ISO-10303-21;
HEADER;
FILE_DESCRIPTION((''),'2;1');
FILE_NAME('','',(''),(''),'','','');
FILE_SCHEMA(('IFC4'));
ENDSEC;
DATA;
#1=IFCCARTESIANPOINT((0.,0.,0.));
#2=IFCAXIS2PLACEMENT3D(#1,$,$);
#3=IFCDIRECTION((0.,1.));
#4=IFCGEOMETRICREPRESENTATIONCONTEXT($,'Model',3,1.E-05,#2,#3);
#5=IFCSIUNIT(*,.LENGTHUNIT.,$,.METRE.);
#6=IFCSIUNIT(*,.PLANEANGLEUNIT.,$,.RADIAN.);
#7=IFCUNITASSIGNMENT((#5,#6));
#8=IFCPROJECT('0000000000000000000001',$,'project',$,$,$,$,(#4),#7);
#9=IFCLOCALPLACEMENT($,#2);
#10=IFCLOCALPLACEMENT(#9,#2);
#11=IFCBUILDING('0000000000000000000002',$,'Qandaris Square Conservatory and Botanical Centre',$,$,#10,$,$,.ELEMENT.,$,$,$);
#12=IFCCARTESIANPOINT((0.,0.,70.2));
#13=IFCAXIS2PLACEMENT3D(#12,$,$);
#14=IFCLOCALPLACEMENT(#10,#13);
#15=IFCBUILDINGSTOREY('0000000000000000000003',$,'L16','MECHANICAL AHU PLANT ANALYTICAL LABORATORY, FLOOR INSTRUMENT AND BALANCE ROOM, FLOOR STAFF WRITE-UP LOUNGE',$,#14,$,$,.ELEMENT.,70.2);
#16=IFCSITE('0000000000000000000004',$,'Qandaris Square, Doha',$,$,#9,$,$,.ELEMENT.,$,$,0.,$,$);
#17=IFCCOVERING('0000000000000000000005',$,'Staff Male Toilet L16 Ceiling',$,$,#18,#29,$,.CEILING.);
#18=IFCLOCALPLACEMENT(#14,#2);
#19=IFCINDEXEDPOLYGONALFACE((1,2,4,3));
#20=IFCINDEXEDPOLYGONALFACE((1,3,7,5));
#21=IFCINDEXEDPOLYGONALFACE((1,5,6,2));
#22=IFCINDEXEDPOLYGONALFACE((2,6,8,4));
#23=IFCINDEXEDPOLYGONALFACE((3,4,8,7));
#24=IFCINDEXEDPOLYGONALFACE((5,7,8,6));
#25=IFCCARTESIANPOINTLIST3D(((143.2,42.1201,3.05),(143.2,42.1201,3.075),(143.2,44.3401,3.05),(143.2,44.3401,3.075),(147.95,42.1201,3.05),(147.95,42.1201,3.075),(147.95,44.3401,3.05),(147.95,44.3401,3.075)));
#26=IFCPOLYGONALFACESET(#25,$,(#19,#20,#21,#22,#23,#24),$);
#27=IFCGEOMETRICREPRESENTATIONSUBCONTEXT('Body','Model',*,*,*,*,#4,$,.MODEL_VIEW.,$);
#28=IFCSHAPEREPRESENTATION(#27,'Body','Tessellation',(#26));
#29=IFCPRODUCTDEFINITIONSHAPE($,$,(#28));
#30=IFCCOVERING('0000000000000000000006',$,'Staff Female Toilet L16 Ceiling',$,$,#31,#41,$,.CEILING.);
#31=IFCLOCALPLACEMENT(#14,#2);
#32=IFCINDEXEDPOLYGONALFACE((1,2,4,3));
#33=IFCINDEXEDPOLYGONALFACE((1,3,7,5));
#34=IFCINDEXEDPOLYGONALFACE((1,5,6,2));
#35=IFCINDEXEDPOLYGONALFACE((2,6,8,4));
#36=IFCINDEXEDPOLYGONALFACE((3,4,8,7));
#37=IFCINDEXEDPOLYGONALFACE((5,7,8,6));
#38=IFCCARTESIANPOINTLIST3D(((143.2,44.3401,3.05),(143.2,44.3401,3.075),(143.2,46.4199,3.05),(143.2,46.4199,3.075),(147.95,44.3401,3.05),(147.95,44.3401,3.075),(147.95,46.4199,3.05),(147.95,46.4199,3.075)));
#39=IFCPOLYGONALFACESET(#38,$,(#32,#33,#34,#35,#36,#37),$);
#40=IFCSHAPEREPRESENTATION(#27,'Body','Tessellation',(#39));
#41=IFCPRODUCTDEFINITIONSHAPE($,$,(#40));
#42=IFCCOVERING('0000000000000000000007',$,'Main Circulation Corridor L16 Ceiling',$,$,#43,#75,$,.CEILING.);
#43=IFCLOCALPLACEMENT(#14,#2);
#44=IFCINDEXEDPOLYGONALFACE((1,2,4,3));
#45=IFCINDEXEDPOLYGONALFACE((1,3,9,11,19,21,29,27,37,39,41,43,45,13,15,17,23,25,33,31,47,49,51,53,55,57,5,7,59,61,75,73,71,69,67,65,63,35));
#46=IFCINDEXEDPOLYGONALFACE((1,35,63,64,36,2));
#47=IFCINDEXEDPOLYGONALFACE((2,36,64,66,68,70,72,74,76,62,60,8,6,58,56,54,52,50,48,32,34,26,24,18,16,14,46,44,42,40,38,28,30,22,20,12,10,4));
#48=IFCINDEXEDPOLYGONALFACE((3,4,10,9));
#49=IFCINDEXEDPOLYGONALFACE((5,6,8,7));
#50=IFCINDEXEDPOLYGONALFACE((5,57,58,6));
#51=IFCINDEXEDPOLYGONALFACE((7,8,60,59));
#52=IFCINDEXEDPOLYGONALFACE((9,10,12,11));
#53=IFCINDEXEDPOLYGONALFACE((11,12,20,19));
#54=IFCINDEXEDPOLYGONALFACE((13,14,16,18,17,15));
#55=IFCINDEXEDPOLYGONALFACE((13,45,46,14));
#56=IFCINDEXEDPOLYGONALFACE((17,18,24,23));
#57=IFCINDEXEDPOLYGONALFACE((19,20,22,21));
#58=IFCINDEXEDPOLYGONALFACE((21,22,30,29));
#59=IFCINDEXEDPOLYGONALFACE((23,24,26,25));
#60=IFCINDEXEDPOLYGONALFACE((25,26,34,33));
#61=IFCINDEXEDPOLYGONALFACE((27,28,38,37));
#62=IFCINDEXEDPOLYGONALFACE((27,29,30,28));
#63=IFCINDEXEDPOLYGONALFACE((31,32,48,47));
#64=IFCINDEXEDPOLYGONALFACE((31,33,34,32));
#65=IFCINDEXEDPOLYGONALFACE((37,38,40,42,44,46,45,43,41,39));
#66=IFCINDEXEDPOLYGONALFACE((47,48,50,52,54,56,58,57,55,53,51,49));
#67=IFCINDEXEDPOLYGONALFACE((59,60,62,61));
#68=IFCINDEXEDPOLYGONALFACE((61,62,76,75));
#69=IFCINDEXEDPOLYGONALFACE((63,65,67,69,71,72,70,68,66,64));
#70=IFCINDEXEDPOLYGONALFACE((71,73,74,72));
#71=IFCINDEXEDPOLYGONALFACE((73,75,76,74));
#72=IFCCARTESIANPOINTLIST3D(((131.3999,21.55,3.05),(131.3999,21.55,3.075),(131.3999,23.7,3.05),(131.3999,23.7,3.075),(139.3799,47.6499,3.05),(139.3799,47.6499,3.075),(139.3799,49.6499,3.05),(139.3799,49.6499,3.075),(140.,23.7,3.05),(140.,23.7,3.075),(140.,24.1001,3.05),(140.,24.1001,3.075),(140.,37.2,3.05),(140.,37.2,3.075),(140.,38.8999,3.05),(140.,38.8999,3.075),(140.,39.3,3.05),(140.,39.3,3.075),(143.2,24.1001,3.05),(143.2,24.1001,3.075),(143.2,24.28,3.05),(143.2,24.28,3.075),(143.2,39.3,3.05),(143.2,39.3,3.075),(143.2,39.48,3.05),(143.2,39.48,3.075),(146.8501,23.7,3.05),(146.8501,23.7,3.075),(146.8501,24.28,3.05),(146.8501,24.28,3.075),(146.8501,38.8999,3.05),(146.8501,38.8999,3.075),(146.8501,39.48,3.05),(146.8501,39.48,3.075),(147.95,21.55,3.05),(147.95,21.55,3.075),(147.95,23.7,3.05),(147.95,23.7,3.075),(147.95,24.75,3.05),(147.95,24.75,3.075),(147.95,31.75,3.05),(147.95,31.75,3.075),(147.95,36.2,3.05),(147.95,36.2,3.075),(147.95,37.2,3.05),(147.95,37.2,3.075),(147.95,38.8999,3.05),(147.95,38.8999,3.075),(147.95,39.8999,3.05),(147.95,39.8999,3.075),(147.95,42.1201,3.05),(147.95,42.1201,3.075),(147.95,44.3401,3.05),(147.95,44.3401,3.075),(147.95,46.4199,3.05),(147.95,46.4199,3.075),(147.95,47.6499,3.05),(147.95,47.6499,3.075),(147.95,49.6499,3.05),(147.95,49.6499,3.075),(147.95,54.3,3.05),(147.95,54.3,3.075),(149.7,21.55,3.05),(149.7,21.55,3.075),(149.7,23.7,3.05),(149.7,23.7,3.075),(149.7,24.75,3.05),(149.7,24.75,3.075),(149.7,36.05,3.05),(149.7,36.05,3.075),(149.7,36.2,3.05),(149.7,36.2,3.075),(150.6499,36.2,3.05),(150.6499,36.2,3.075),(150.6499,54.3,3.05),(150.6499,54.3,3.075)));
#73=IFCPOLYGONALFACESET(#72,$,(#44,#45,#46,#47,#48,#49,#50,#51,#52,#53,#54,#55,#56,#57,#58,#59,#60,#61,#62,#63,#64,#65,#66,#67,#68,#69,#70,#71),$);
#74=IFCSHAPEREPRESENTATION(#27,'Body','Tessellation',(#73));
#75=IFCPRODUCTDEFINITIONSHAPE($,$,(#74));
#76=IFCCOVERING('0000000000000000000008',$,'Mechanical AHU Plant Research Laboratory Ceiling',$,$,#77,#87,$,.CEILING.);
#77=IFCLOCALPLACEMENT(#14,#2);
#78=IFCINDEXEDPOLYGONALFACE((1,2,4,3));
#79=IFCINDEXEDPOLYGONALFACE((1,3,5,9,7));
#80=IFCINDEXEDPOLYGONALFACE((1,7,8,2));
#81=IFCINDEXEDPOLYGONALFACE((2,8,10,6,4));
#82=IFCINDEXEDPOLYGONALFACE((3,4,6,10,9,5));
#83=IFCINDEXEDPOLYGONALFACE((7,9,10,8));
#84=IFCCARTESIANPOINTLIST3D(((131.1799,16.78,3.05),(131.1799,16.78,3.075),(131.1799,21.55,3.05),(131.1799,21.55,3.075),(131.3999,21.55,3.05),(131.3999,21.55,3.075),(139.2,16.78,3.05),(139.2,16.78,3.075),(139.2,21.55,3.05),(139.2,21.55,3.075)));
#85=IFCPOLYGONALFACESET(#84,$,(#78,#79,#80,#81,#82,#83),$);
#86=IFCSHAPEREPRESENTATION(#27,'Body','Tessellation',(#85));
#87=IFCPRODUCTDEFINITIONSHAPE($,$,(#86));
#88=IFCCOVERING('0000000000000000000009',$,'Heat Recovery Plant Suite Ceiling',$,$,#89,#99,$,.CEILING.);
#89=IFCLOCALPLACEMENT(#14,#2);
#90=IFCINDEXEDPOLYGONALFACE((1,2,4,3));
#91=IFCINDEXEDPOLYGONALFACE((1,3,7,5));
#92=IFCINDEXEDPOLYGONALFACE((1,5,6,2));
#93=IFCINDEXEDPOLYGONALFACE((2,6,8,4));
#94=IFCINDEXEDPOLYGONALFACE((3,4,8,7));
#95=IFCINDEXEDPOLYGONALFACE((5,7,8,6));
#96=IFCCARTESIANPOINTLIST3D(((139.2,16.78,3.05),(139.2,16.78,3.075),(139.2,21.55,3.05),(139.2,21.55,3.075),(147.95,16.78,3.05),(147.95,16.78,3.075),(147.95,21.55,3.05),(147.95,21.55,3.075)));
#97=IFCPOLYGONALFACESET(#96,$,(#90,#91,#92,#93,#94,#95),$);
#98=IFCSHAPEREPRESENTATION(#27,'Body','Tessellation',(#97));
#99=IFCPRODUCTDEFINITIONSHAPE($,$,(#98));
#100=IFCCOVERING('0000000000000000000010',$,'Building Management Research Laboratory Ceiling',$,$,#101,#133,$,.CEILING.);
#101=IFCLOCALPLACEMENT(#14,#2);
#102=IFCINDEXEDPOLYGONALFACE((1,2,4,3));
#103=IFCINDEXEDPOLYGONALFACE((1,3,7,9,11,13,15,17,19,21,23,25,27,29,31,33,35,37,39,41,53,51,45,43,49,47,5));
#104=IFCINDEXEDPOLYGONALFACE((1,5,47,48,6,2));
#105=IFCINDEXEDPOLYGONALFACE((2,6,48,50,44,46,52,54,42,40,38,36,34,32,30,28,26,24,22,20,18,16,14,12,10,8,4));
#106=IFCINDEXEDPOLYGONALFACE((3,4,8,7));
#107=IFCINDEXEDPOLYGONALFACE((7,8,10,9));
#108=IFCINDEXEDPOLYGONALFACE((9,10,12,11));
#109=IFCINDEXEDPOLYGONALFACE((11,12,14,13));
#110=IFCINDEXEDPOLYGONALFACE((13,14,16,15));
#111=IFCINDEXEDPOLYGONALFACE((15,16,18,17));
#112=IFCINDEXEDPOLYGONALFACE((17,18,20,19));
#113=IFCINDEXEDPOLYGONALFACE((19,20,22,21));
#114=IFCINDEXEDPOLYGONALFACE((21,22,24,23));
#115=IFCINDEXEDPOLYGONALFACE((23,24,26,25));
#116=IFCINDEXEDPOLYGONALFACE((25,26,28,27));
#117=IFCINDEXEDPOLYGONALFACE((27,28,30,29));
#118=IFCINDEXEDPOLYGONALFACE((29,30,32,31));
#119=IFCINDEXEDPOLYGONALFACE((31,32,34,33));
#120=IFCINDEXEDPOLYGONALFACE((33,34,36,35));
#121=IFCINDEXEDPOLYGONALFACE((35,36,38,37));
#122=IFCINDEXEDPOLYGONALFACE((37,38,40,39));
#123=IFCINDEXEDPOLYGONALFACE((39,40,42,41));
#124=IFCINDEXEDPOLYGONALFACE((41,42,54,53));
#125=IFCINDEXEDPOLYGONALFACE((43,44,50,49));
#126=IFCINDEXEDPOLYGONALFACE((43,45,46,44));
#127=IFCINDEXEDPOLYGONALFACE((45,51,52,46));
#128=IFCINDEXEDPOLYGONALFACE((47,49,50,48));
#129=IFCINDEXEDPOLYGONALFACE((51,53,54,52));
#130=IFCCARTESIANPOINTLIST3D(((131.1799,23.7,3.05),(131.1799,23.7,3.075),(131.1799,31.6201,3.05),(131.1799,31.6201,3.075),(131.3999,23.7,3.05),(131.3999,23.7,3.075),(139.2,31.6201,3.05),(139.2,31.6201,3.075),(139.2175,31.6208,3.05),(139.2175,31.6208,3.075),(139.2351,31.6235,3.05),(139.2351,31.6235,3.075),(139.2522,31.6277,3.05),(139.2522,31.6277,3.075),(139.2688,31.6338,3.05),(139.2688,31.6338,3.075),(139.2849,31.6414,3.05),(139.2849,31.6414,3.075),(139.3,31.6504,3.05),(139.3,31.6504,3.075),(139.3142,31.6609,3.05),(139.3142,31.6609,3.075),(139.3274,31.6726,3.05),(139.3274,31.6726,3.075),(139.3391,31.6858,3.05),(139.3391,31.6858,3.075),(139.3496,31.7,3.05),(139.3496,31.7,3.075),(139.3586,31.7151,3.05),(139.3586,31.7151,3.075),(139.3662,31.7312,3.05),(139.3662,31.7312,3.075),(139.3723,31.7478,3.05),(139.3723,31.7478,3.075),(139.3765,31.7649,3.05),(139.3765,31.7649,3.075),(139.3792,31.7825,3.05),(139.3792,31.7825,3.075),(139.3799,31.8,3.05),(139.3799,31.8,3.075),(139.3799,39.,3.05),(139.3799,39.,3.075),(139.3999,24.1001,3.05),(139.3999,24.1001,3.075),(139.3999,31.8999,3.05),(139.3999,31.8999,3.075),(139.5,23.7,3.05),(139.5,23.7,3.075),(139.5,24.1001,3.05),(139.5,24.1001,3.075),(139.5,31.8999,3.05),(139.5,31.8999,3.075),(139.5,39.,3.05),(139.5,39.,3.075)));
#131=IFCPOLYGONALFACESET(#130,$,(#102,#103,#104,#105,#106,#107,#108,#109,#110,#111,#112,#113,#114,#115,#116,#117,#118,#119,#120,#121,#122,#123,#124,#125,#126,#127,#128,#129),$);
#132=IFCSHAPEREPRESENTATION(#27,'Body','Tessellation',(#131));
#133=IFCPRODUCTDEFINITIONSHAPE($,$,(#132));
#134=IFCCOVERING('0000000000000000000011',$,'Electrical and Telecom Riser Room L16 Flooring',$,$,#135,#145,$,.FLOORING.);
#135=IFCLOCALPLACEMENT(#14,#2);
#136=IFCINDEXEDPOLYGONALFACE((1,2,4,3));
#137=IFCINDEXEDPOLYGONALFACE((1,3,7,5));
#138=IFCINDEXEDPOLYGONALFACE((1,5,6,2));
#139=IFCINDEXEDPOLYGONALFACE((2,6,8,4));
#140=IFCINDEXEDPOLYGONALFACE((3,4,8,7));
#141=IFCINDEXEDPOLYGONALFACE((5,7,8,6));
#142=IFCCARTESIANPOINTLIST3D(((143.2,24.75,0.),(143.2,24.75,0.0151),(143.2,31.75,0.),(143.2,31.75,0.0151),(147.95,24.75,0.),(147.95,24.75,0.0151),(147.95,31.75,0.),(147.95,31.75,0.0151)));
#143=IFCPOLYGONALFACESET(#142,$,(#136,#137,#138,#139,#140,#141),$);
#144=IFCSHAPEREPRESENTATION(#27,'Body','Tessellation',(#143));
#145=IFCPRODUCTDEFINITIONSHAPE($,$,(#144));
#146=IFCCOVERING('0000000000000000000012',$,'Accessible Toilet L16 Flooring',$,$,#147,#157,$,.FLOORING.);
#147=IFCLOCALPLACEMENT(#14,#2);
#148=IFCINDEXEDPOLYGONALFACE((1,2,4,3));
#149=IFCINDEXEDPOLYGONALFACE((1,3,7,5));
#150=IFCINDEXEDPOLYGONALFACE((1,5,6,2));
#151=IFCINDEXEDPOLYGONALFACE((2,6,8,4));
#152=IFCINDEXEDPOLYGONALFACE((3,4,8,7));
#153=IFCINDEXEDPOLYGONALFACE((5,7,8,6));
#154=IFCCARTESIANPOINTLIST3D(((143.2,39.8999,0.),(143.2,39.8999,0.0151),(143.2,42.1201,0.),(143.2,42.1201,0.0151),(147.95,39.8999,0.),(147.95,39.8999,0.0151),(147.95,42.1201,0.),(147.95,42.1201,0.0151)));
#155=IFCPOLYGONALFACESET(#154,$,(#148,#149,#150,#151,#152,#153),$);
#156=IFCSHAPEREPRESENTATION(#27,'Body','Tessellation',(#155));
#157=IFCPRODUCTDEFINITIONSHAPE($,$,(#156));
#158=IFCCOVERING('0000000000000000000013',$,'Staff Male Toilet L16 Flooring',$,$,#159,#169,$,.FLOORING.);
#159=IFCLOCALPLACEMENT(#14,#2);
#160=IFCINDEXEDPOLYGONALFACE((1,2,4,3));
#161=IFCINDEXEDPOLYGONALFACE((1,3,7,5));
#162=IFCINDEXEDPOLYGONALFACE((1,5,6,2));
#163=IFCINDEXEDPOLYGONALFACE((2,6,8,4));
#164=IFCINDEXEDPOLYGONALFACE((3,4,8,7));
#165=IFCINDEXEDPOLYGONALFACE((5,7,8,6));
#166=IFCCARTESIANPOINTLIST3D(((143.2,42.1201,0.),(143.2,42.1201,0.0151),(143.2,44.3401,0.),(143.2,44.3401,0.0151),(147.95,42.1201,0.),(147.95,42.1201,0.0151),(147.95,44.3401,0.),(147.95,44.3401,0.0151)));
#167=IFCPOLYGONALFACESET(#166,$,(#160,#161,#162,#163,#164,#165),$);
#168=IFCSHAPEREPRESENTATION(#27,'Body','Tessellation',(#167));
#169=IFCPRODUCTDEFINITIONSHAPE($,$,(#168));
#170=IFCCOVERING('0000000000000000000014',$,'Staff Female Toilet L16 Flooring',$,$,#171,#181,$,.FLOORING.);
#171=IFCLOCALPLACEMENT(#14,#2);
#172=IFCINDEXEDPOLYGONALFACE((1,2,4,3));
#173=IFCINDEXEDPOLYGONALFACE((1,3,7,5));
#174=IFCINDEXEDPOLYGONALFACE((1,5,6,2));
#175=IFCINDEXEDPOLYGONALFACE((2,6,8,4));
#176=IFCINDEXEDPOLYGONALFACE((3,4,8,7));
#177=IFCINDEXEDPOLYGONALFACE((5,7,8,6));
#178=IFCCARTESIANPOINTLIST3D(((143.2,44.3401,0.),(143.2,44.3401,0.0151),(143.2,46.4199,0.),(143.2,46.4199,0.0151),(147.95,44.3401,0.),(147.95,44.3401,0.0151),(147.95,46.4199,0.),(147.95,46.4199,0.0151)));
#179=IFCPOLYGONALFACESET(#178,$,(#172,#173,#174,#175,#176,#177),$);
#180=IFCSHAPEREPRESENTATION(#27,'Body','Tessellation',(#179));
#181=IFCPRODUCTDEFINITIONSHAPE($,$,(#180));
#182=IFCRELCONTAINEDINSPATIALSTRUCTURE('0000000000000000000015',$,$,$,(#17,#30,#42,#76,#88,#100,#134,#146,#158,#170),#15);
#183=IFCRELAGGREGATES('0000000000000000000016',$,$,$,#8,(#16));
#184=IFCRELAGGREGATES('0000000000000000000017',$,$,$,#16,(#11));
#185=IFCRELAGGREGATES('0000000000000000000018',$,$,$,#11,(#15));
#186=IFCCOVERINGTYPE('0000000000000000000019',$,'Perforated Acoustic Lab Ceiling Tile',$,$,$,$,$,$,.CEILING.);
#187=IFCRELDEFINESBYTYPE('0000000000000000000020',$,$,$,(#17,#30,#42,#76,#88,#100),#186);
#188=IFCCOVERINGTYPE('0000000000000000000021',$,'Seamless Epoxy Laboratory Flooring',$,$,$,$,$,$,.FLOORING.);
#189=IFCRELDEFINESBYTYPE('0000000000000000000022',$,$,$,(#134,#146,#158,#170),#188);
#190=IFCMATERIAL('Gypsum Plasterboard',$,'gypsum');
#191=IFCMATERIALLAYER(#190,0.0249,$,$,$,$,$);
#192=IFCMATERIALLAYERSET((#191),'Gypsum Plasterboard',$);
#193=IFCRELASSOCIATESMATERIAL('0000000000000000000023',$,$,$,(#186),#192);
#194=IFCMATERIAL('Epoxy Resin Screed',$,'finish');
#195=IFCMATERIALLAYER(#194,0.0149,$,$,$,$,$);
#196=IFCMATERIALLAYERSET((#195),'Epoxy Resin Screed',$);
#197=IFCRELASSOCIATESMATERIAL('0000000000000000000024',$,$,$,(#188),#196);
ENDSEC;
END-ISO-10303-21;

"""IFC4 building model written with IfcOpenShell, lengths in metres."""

from ifc_helpers import new_model, si_unit, direction, frame, origin, place, context, subcontext, project, spatial, polyline, outline, extrude, material, layer, layer_set, type_object, element, save


model = new_model("IFC4")

# Units and contexts
model_context = context("Model", 3, precision=1e-05, world=origin(), true_north=direction((0.0, 1.0)))
body_context = subcontext(model_context, "Body", "Model", "MODEL_VIEW")
ifc_project = project(units=[si_unit("LENGTHUNIT", "METRE"), si_unit("PLANEANGLEUNIT", "RADIAN")], contexts=[model_context])

# Site, building, storey
site_placement = place(None, origin())
site = spatial("IfcSite", under=ifc_project, at=site_placement, Name="Qandaris Square, Doha", CompositionType="ELEMENT", RefElevation=0.0)
building_placement = place(site_placement, origin())
building = spatial("IfcBuilding", under=site, at=building_placement, Name="Qandaris Square Conservatory and Botanical Centre", CompositionType="ELEMENT")
storey_placement = place(building_placement, frame((0.0, 0.0, 70.2)))
storey = spatial("IfcBuildingStorey", under=building, at=storey_placement, Name="L16", Description="MECHANICAL AHU PLANT ANALYTICAL LABORATORY, FLOOR INSTRUMENT AND BALANCE ROOM, FLOOR STAFF WRITE-UP LOUNGE", CompositionType="ELEMENT", Elevation=70.2)

# Coverings
ifc_material_1 = material(Name="Gypsum Plasterboard", Category="gypsum")
ifc_layer_1 = layer(ifc_material_1, 0.0249)
ifc_layer_set_1 = layer_set([ifc_layer_1], Name="Gypsum Plasterboard")
covering_type_1 = type_object("IfcCoveringType", Name="Perforated Acoustic Lab Ceiling Tile", PredefinedType="CEILING", material=ifc_layer_set_1)
covering_1_placement = place(storey_placement, frame((0.0, 0.0, 3.05)))
element("IfcCovering", 1, at=covering_1_placement, inside=storey, type_object=covering_type_1, Name="Staff Male Toilet L16 Ceiling", PredefinedType="CEILING", context=body_context, shape_type="SweptSolid", body=[
    extrude(outline(polyline([(147.95, 44.3401), (147.95, 42.1201), (143.2, 42.1201), (143.2, 44.3401), (147.95, 44.3401)])), origin(), (0.0, 0.0, 1.0), 0.0249),
])
covering_2_placement = place(storey_placement, frame((0.0, 0.0, 3.05)))
element("IfcCovering", 2, at=covering_2_placement, inside=storey, type_object=covering_type_1, Name="Staff Female Toilet L16 Ceiling", PredefinedType="CEILING", context=body_context, shape_type="SweptSolid", body=[
    extrude(outline(polyline([(147.95, 46.4199), (147.95, 44.3401), (143.2, 44.3401), (143.2, 46.4199), (147.95, 46.4199)])), origin(), (0.0, 0.0, 1.0), 0.0249),
])
covering_3_placement = place(storey_placement, frame((0.0, 0.0, 3.05)))
element("IfcCovering", 3, at=covering_3_placement, inside=storey, type_object=covering_type_1, Name="Main Circulation Corridor L16 Ceiling", PredefinedType="CEILING", context=body_context, shape_type="SweptSolid", body=[
    extrude(outline(polyline([(140.0, 24.1001), (143.2, 24.1001), (143.2, 24.28), (146.8501, 24.28), (146.8501, 23.7), (147.95, 23.7), (147.95, 24.75), (147.95, 31.75), (147.95, 36.2), (147.95, 37.2), (140.0, 37.2), (140.0, 38.8999), (140.0, 39.3), (143.2, 39.3), (143.2, 39.48), (146.8501, 39.48), (146.8501, 38.8999), (147.95, 38.8999), (147.95, 39.8999), (147.95, 42.1201), (147.95, 44.3401), (147.95, 46.4199), (147.95, 47.6499), (139.3799, 47.6499), (139.3799, 49.6499), (147.95, 49.6499), (147.95, 54.3), (150.6499, 54.3), (150.6499, 36.2), (149.7, 36.2), (149.7, 36.05), (149.7, 24.75), (149.7, 23.7), (149.7, 21.55), (147.95, 21.55), (131.3999, 21.55), (131.3999, 23.7), (140.0, 23.7), (140.0, 24.1001)])), origin(), (0.0, 0.0, 1.0), 0.0249),
])
covering_4_placement = place(storey_placement, frame((0.0, 0.0, 3.05)))
element("IfcCovering", 4, at=covering_4_placement, inside=storey, type_object=covering_type_1, Name="Mechanical AHU Plant Research Laboratory Ceiling", PredefinedType="CEILING", context=body_context, shape_type="SweptSolid", body=[
    extrude(outline(polyline([(131.1799, 16.78), (131.1799, 21.55), (131.3999, 21.55), (139.2, 21.55), (139.2, 16.78), (131.1799, 16.78)])), origin(), (0.0, 0.0, 1.0), 0.0249),
])
covering_5_placement = place(storey_placement, frame((0.0, 0.0, 3.05)))
element("IfcCovering", 5, at=covering_5_placement, inside=storey, type_object=covering_type_1, Name="Heat Recovery Plant Suite Ceiling", PredefinedType="CEILING", context=body_context, shape_type="SweptSolid", body=[
    extrude(outline(polyline([(139.2, 16.78), (139.2, 21.55), (147.95, 21.55), (147.95, 16.78), (139.2, 16.78)])), origin(), (0.0, 0.0, 1.0), 0.0249),
])
covering_6_placement = place(storey_placement, frame((0.0, 0.0, 3.05)))
element("IfcCovering", 6, at=covering_6_placement, inside=storey, type_object=covering_type_1, Name="Building Management Research Laboratory Ceiling", PredefinedType="CEILING", context=body_context, shape_type="SweptSolid", body=[
    extrude(outline(polyline([(139.2351, 31.6235), (139.2522, 31.6277), (139.2688, 31.6338), (139.2849, 31.6414), (139.3, 31.6504), (139.3142, 31.6609), (139.3274, 31.6726), (139.3391, 31.6858), (139.3496, 31.7), (139.3586, 31.7151), (139.3662, 31.7312), (139.3723, 31.7478), (139.3765, 31.7649), (139.3792, 31.7825), (139.3799, 31.8), (139.3799, 39.0), (139.5, 39.0), (139.5, 31.8999), (139.3999, 31.8999), (139.3999, 24.1001), (139.5, 24.1001), (139.5, 23.7), (131.3999, 23.7), (131.1799, 23.7), (131.1799, 31.6201), (139.2, 31.6201), (139.2175, 31.6208), (139.2351, 31.6235)])), origin(), (0.0, 0.0, 1.0), 0.0249),
])
ifc_material_2 = material(Name="Epoxy Resin Screed", Category="finish")
ifc_layer_2 = layer(ifc_material_2, 0.0149)
ifc_layer_set_2 = layer_set([ifc_layer_2], Name="Epoxy Resin Screed")
covering_type_2 = type_object("IfcCoveringType", Name="Seamless Epoxy Laboratory Flooring", PredefinedType="FLOORING", material=ifc_layer_set_2)
covering_7_placement = place(storey_placement, origin())
element("IfcCovering", 7, at=covering_7_placement, inside=storey, type_object=covering_type_2, Name="Electrical and Telecom Riser Room L16 Flooring", PredefinedType="FLOORING", context=body_context, shape_type="SweptSolid", body=[
    extrude(outline(polyline([(147.95, 31.75), (147.95, 24.75), (143.2, 24.75), (143.2, 31.75), (147.95, 31.75)])), origin(), (0.0, 0.0, 1.0), 0.0151),
])
covering_8_placement = place(storey_placement, origin())
element("IfcCovering", 8, at=covering_8_placement, inside=storey, type_object=covering_type_2, Name="Accessible Toilet L16 Flooring", PredefinedType="FLOORING", context=body_context, shape_type="SweptSolid", body=[
    extrude(outline(polyline([(147.95, 42.1201), (147.95, 39.8999), (143.2, 39.8999), (143.2, 42.1201), (147.95, 42.1201)])), origin(), (0.0, 0.0, 1.0), 0.0151),
])
covering_9_placement = place(storey_placement, origin())
element("IfcCovering", 9, at=covering_9_placement, inside=storey, type_object=covering_type_2, Name="Staff Male Toilet L16 Flooring", PredefinedType="FLOORING", context=body_context, shape_type="SweptSolid", body=[
    extrude(outline(polyline([(147.95, 44.3401), (147.95, 42.1201), (143.2, 42.1201), (143.2, 44.3401), (147.95, 44.3401)])), origin(), (0.0, 0.0, 1.0), 0.0151),
])
covering_10_placement = place(storey_placement, origin())
element("IfcCovering", 10, at=covering_10_placement, inside=storey, type_object=covering_type_2, Name="Staff Female Toilet L16 Flooring", PredefinedType="FLOORING", context=body_context, shape_type="SweptSolid", body=[
    extrude(outline(polyline([(147.95, 46.4199), (147.95, 44.3401), (143.2, 44.3401), (143.2, 46.4199), (147.95, 46.4199)])), origin(), (0.0, 0.0, 1.0), 0.0151),
])

save(model, "model.ifc")
